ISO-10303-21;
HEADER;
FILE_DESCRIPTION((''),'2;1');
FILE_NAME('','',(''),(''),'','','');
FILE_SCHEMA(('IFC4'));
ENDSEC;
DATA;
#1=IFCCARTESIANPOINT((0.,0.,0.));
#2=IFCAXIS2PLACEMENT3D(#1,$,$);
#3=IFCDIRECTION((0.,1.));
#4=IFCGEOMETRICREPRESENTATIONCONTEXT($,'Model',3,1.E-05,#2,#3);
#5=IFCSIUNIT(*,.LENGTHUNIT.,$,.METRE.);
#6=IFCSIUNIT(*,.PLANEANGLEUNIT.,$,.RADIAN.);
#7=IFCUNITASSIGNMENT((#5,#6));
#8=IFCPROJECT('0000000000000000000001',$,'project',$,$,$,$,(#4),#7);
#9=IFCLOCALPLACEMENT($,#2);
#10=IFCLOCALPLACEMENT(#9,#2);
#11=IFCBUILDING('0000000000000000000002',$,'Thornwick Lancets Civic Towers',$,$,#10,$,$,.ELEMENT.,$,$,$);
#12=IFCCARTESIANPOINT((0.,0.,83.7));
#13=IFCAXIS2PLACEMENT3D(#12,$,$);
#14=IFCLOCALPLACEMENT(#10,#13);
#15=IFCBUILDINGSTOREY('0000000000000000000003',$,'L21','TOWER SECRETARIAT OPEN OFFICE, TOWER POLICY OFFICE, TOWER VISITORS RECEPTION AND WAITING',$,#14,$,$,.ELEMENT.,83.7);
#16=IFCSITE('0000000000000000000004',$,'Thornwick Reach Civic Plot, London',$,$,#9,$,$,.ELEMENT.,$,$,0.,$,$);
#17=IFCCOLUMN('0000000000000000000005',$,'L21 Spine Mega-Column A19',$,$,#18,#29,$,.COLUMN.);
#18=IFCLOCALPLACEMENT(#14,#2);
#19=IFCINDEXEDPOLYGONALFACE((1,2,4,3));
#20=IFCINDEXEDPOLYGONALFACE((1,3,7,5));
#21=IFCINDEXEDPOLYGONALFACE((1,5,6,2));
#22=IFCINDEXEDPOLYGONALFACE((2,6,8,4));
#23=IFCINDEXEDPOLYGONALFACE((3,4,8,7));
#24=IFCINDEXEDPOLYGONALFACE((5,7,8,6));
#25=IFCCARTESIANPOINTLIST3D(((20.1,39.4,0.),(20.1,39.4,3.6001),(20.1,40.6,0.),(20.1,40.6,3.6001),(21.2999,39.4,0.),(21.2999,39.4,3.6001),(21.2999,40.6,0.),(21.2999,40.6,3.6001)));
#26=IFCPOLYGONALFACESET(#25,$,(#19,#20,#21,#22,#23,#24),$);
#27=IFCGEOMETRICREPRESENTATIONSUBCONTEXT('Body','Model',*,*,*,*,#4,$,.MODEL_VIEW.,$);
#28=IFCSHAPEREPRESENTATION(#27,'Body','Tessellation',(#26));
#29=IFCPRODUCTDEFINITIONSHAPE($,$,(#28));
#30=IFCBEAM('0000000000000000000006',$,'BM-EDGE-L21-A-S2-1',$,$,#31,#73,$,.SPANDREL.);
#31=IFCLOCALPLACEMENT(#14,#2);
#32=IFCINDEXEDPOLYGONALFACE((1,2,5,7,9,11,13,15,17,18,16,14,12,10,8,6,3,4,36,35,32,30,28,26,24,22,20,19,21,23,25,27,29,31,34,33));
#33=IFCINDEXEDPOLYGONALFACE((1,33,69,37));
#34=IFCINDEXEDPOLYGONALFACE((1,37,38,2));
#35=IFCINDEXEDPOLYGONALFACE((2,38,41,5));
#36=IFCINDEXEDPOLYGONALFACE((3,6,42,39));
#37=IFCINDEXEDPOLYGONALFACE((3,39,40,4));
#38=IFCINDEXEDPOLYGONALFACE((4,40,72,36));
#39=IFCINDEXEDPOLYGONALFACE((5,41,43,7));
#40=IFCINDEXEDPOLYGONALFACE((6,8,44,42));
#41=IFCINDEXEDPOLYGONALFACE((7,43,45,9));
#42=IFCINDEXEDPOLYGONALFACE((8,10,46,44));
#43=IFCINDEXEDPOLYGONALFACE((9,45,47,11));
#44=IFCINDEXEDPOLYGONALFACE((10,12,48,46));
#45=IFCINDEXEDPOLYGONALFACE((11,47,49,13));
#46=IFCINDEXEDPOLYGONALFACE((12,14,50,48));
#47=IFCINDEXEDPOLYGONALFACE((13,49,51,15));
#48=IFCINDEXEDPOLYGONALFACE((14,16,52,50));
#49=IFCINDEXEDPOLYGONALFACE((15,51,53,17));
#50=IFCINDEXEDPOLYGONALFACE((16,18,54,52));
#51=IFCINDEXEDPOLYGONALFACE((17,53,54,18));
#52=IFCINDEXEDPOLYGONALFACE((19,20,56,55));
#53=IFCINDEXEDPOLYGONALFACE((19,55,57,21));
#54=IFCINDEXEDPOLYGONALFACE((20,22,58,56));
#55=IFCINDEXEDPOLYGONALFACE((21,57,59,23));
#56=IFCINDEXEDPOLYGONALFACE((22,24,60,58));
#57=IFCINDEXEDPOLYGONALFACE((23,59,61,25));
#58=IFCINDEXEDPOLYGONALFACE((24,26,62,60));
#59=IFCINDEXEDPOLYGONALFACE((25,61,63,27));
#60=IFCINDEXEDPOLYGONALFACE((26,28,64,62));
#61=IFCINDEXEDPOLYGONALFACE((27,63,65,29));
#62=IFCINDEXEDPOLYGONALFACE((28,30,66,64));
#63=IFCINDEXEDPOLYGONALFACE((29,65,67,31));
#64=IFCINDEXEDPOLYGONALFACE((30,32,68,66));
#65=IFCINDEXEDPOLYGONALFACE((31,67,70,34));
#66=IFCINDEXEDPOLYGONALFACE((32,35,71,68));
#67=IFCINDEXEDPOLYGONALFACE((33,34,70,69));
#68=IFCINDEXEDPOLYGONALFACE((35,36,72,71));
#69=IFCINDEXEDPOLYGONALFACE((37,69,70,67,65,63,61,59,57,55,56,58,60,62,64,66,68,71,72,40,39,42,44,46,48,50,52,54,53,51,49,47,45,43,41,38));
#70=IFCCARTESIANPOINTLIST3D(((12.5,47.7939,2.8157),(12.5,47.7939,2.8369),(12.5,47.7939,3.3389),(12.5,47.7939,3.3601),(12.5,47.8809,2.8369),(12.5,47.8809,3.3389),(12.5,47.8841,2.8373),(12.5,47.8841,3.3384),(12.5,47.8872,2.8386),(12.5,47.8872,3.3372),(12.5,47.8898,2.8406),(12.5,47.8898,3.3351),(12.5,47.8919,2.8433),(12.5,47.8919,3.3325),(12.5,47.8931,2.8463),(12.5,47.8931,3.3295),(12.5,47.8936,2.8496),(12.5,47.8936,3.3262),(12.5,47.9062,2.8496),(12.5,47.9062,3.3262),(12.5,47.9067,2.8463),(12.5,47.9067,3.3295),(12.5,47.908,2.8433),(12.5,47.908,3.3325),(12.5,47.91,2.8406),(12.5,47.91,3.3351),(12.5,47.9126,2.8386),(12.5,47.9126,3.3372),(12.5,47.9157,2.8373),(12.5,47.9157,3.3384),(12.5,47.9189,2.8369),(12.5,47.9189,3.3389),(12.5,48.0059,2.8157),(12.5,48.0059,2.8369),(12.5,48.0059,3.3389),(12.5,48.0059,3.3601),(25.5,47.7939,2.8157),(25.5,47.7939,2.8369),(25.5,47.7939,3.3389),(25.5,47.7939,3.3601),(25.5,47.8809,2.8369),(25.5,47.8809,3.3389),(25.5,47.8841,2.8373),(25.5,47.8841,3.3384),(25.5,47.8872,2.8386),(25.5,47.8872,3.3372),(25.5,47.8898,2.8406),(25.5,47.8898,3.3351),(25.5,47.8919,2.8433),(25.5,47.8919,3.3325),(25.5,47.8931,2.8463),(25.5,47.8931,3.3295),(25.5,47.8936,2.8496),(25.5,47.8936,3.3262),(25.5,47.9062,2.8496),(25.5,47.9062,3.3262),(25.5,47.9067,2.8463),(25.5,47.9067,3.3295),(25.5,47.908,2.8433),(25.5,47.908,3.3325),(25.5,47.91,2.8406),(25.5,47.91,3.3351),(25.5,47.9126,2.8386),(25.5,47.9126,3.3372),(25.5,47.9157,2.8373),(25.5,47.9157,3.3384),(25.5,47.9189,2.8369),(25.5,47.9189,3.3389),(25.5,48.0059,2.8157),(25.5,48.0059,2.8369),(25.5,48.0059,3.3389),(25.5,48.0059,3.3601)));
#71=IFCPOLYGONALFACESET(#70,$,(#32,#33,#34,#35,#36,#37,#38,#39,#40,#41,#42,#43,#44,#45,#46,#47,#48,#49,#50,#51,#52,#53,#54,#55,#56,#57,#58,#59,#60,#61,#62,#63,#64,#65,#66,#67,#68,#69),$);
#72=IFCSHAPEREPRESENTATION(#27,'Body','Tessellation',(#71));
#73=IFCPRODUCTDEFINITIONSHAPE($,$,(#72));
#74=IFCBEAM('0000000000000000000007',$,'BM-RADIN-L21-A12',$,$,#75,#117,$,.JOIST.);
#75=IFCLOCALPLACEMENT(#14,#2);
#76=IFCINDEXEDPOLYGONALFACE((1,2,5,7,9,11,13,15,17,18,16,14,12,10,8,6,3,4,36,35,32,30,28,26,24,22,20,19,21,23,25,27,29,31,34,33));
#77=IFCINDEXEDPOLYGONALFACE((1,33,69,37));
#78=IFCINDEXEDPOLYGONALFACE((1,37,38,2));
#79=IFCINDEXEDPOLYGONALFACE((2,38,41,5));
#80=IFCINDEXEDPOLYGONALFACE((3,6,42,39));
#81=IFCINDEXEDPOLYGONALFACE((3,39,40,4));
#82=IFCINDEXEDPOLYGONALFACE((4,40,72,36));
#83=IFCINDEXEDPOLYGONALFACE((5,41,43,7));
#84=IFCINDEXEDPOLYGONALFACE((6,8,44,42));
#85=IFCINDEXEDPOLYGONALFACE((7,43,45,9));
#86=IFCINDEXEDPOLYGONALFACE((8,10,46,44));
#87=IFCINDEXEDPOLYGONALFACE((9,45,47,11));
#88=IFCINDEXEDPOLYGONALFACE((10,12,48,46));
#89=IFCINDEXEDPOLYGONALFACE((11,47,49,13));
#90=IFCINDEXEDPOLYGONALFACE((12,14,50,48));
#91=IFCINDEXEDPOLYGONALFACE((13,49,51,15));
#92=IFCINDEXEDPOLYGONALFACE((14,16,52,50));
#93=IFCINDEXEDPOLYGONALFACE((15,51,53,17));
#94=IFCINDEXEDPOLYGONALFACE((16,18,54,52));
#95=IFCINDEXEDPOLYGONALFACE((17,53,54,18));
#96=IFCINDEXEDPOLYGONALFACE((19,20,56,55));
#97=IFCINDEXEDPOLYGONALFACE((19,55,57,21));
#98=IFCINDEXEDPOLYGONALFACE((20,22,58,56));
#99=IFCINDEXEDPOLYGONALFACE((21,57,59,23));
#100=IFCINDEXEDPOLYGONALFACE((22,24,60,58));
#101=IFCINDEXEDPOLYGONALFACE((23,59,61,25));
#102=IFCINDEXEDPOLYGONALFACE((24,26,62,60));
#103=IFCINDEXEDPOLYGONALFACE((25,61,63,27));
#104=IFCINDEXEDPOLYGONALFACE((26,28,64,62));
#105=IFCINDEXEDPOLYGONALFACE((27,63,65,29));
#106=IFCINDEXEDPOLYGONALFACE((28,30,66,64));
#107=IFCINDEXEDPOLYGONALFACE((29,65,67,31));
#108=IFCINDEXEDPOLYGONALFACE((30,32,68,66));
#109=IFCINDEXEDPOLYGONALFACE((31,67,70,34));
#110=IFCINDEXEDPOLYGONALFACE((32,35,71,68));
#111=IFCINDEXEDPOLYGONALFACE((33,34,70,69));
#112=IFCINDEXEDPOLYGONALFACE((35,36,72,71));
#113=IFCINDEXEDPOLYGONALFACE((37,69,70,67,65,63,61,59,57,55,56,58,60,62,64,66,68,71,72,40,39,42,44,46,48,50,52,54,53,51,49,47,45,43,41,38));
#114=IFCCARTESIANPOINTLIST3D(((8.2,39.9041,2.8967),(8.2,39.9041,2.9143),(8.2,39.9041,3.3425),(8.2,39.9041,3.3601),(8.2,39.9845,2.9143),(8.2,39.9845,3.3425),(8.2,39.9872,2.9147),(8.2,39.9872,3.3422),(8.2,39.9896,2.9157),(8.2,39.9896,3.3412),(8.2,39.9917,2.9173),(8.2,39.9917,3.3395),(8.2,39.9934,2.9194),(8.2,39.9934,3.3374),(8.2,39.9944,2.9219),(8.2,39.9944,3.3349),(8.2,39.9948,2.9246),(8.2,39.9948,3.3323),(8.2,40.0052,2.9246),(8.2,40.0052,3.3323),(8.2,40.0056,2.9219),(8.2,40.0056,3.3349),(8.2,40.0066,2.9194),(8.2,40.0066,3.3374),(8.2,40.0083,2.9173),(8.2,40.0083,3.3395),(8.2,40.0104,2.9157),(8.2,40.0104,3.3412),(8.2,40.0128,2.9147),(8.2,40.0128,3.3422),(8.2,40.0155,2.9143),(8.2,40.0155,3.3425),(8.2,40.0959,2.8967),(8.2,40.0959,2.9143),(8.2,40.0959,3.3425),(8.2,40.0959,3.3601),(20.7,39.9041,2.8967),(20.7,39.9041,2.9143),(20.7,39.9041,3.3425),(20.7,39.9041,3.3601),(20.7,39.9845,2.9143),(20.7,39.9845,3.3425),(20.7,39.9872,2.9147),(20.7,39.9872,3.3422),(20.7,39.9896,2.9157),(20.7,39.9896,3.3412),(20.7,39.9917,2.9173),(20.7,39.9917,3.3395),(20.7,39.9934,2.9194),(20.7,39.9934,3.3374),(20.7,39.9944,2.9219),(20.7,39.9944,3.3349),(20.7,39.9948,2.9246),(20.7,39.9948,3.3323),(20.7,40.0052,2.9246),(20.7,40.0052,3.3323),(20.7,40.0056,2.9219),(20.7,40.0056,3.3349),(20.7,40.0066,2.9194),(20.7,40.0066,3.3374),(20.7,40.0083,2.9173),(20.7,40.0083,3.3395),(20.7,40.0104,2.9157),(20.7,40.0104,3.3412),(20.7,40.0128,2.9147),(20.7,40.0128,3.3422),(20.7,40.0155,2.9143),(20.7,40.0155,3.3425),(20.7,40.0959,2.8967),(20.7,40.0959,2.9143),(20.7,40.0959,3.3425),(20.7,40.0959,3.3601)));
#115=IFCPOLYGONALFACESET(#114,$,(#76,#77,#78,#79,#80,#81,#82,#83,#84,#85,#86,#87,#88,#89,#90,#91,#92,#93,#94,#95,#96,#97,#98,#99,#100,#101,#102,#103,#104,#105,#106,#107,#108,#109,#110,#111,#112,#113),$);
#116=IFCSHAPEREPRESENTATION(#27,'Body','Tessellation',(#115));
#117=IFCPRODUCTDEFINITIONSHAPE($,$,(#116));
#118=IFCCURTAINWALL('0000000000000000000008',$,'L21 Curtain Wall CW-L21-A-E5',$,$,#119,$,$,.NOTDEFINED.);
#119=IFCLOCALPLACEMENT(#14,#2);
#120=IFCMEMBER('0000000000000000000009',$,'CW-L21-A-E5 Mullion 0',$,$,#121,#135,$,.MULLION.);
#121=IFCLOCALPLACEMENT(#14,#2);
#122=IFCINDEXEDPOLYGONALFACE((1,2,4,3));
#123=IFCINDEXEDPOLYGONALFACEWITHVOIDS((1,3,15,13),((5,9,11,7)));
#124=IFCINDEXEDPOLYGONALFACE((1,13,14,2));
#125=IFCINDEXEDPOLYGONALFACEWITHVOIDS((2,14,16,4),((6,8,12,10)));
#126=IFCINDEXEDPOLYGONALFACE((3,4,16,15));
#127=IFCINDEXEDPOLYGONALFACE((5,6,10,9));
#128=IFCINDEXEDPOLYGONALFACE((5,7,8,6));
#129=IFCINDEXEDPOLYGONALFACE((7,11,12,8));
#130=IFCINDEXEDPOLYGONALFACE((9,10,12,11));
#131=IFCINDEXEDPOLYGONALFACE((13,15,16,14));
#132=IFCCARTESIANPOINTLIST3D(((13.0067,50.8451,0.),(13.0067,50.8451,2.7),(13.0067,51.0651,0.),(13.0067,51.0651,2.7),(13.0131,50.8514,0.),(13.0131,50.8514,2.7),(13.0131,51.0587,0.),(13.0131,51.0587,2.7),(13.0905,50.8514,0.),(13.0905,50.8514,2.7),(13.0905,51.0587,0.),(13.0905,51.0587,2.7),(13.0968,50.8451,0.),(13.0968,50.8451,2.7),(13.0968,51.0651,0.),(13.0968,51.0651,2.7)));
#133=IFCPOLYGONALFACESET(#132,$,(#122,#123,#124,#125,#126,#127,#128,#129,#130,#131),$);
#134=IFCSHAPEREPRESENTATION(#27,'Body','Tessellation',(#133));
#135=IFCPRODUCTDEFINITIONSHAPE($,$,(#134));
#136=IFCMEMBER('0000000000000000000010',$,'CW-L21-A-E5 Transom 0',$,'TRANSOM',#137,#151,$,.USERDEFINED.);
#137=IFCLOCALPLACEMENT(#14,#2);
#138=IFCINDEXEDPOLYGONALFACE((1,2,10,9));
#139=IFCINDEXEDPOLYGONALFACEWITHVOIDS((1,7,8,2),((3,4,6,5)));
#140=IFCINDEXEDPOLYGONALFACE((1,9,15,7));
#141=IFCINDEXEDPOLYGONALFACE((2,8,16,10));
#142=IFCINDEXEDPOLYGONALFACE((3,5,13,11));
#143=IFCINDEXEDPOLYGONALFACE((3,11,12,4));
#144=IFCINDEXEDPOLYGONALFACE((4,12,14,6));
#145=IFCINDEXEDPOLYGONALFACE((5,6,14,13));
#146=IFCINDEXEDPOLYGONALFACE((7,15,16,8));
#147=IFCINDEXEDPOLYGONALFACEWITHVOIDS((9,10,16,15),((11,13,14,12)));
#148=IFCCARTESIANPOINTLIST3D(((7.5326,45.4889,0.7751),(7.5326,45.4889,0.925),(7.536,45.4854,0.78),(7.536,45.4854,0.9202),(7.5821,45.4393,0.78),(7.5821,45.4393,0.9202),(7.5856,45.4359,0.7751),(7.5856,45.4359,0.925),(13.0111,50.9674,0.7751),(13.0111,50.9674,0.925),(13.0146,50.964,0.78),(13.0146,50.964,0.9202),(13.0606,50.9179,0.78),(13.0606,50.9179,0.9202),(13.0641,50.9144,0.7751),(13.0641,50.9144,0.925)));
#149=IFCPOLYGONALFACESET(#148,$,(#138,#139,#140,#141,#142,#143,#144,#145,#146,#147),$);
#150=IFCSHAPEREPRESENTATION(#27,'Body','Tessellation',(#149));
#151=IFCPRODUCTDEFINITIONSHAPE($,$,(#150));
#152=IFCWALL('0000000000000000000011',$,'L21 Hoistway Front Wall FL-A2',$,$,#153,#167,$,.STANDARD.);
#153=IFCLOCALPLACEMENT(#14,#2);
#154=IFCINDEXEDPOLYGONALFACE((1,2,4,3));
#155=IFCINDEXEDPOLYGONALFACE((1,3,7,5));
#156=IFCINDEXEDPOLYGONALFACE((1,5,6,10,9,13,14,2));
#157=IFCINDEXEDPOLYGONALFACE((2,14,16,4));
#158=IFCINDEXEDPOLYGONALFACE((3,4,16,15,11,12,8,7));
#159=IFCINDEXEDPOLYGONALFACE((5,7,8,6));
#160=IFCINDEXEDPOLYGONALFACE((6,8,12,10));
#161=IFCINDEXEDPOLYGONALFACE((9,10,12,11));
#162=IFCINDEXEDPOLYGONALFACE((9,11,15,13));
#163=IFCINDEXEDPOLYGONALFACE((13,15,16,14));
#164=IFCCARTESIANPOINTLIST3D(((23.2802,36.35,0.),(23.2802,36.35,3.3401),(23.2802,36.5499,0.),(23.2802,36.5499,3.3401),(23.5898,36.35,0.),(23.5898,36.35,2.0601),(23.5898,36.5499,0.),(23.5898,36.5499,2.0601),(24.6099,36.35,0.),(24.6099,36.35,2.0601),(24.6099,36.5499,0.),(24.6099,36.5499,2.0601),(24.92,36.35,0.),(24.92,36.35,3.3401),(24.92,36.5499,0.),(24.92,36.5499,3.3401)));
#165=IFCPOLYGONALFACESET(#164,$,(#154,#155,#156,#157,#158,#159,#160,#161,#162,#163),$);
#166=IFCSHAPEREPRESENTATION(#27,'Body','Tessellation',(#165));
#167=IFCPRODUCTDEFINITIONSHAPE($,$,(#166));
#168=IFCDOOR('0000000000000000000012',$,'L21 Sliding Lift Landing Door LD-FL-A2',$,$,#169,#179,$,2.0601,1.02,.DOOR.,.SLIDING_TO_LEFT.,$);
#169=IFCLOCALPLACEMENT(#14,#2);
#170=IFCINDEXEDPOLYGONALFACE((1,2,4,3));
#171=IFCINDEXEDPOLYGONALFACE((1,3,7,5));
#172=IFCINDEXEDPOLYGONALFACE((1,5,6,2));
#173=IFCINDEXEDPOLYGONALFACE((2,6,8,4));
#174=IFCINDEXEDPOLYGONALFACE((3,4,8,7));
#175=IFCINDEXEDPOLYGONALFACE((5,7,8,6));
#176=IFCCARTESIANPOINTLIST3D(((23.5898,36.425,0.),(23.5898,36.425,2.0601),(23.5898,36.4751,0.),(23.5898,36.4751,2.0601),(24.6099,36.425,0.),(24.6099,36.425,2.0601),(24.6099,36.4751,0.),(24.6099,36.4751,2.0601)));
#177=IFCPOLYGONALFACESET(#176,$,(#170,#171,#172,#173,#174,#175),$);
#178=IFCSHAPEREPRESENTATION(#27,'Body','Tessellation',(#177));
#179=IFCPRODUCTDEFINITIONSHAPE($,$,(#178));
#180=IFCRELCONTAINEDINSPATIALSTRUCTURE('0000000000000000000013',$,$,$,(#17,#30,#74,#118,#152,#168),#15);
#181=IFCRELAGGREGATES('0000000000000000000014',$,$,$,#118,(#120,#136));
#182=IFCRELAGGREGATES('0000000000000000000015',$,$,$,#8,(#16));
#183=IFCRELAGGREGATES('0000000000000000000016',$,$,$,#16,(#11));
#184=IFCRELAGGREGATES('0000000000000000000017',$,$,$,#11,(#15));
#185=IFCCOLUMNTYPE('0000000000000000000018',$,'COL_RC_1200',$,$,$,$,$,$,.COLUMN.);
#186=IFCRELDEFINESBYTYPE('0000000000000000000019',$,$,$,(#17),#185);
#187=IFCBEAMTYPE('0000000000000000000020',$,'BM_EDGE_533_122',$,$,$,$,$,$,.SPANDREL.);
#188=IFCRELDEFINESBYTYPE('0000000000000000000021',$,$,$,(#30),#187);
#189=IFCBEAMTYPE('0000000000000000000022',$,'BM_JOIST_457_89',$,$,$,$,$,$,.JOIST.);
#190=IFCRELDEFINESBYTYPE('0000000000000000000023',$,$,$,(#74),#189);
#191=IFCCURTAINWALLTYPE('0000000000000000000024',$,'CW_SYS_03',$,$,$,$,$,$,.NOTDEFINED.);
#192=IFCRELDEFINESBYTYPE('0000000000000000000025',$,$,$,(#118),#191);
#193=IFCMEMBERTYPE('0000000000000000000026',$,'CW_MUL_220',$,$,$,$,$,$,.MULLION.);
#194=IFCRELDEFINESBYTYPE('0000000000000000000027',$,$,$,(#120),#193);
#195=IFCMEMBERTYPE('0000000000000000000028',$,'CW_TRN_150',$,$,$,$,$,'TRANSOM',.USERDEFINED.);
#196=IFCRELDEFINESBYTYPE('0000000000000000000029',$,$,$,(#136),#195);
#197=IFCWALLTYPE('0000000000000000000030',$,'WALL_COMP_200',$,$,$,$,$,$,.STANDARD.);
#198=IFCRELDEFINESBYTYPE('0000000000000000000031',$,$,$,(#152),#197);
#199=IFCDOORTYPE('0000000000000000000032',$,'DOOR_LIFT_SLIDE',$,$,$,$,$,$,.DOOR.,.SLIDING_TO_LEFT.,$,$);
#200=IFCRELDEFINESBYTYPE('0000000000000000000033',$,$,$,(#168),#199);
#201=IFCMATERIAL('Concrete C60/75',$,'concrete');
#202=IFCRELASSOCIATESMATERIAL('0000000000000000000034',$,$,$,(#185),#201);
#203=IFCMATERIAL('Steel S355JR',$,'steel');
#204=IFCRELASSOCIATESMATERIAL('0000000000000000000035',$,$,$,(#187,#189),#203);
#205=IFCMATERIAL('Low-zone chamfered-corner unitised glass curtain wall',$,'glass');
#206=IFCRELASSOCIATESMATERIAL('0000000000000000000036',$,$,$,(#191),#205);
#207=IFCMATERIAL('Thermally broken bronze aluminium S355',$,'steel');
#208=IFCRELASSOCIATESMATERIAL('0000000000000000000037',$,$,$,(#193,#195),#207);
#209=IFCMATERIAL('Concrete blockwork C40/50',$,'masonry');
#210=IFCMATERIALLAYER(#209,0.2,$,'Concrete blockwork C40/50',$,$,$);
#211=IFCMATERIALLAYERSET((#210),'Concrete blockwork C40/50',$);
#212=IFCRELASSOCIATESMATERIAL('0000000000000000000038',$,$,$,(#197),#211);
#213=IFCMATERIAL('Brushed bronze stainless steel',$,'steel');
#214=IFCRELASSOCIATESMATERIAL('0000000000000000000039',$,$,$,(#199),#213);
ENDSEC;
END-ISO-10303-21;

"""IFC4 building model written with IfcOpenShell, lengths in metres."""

from ifc_helpers import new_model, si_unit, direction, frame, frame_2d, origin, origin_2d, place, context, subcontext, project, spatial, rectangle, hollow_rectangle, i_section, extrude, material, layer, layer_set, material_profile, profile_set, type_object, element, fill, aggregate, save


model = new_model("IFC4")

# Units and contexts
model_context = context("Model", 3, precision=1e-05, world=origin(), true_north=direction((0.0, 1.0)))
body_context = subcontext(model_context, "Body", "Model", "MODEL_VIEW")
ifc_project = project(units=[si_unit("LENGTHUNIT", "METRE"), si_unit("PLANEANGLEUNIT", "RADIAN")], contexts=[model_context])

# Site, building, storey
site_placement = place(None, origin())
site = spatial("IfcSite", under=ifc_project, at=site_placement, Name="Thornwick Reach Civic Plot, London", CompositionType="ELEMENT", RefElevation=0.0)
building_placement = place(site_placement, origin())
building = spatial("IfcBuilding", under=site, at=building_placement, Name="Thornwick Lancets Civic Towers", CompositionType="ELEMENT")
storey_placement = place(building_placement, frame((0.0, 0.0, 83.7)))
storey = spatial("IfcBuildingStorey", under=building, at=storey_placement, Name="L21", Description="TOWER SECRETARIAT OPEN OFFICE, TOWER POLICY OFFICE, TOWER VISITORS RECEPTION AND WAITING", CompositionType="ELEMENT", Elevation=83.7)

# Column
ifc_material_1 = material(Name="Concrete C60/75", Category="concrete")
ifc_material_profile_1 = material_profile(ifc_material_1, rectangle(XDim=1.2, YDim=1.2, at=origin_2d()), Name="RC 1200x1200")
ifc_profile_set_1 = profile_set([ifc_material_profile_1], Name="Concrete C60/75")
column_type = type_object("IfcColumnType", Name="COL_RC_1200", PredefinedType="COLUMN", material=ifc_profile_set_1)
column_placement = place(storey_placement, frame((20.7, 40.0, 0.0), z_axis=(0.0, 0.0, 1.0), x_axis=(1.0, 0.0, 0.0)))
element("IfcColumn", 1, at=column_placement, inside=storey, type_object=column_type, Name="L21 Spine Mega-Column A19", PredefinedType="COLUMN", context=body_context, shape_type="SweptSolid", body=[
    extrude(rectangle(XDim=1.2, YDim=1.2, at=origin_2d()), origin(), (0.0, 0.0, 1.0), 3.6001),
])

# Beams
ifc_material_2 = material(Name="Steel S355JR", Category="steel")
ifc_material_profile_2 = material_profile(ifc_material_2, i_section(OverallWidth=0.2119, OverallDepth=0.5444, WebThickness=0.0127, FlangeThickness=0.0212, FilletRadius=0.0127, at=origin_2d()), Name="UKB 533x210x122")
ifc_profile_set_2 = profile_set([ifc_material_profile_2], Name="Steel S355JR")
beam_type_1 = type_object("IfcBeamType", Name="BM_EDGE_533_122", PredefinedType="SPANDREL", material=ifc_profile_set_2)
beam_1_placement = place(storey_placement, frame((12.5, 47.8999, 3.0879), z_axis=(1.0, 0.0, 0.0), x_axis=(0.0, 1.0, 0.0)))
element("IfcBeam", 2, at=beam_1_placement, inside=storey, type_object=beam_type_1, Name="BM-EDGE-L21-A-S2-1", PredefinedType="SPANDREL", context=body_context, shape_type="SweptSolid", body=[
    extrude(i_section(OverallWidth=0.2119, OverallDepth=0.5444, WebThickness=0.0127, FlangeThickness=0.0212, FilletRadius=0.0127, at=origin_2d()), origin(), (0.0, 0.0, 1.0), 13.0),
])
ifc_material_profile_3 = material_profile(ifc_material_2, i_section(OverallWidth=0.1919, OverallDepth=0.4634, WebThickness=0.0105, FlangeThickness=0.0176, FilletRadius=0.0103, at=origin_2d()), Name="UKB 457x191x89")
ifc_profile_set_3 = profile_set([ifc_material_profile_3], Name="Steel S355JR")
beam_type_2 = type_object("IfcBeamType", Name="BM_JOIST_457_89", PredefinedType="JOIST", material=ifc_profile_set_3)
beam_2_placement = place(storey_placement, frame((20.7, 40.0, 3.1284), z_axis=(-1.0, 0.0, 0.0), x_axis=(0.0, -1.0, 0.0)))
element("IfcBeam", 3, at=beam_2_placement, inside=storey, type_object=beam_type_2, Name="BM-RADIN-L21-A12", PredefinedType="JOIST", context=body_context, shape_type="SweptSolid", body=[
    extrude(i_section(OverallWidth=0.1919, OverallDepth=0.4634, WebThickness=0.0105, FlangeThickness=0.0176, FilletRadius=0.0103, at=origin_2d()), origin(), (0.0, 0.0, 1.0), 12.5),
])

# Curtain wall, members
ifc_material_3 = material(Name="Low-zone chamfered-corner unitised glass curtain wall", Category="glass")
curtain_wall_type = type_object("IfcCurtainWallType", Name="CW_SYS_03", PredefinedType="NOTDEFINED", material=ifc_material_3)
curtain_wall_placement = place(storey_placement, origin())
curtain_wall = element("IfcCurtainWall", 4, at=curtain_wall_placement, inside=storey, type_object=curtain_wall_type, Name="L21 Curtain Wall CW-L21-A-E5", PredefinedType="NOTDEFINED")
ifc_material_4 = material(Name="Thermally broken bronze aluminium S355", Category="steel")
ifc_material_profile_4 = material_profile(ifc_material_4, hollow_rectangle(XDim=0.0901, YDim=0.22, WallThickness=0.0063, at=origin_2d()), Name="RHS 220x90x6.3")
ifc_profile_set_4 = profile_set([ifc_material_profile_4], Name="Thermally broken bronze aluminium S355")
member_type_1 = type_object("IfcMemberType", Name="CW_MUL_220", PredefinedType="MULLION", material=ifc_profile_set_4)
member_1_placement = place(storey_placement, frame((13.0518, 50.9551, 0.0), z_axis=(0.0, 0.0, 1.0), x_axis=(1.0, 0.0, 0.0)))
member_1 = element("IfcMember", 5, at=member_1_placement, type_object=member_type_1, Name="CW-L21-A-E5 Mullion 0", PredefinedType="MULLION", context=body_context, shape_type="SweptSolid", body=[
    extrude(hollow_rectangle(XDim=0.0901, YDim=0.22, WallThickness=0.0063, at=origin_2d()), origin(), (0.0, 0.0, 1.0), 2.7),
])
ifc_material_profile_5 = material_profile(ifc_material_4, hollow_rectangle(XDim=0.075, YDim=0.1499, WallThickness=0.0049, at=origin_2d()), Name="RHS 150x75x5")
ifc_profile_set_5 = profile_set([ifc_material_profile_5], Name="Thermally broken bronze aluminium S355")
member_type_2 = type_object("IfcMemberType", Name="CW_TRN_150", ElementType="TRANSOM", PredefinedType="USERDEFINED", material=ifc_profile_set_5)
member_2_placement = place(storey_placement, frame((13.0376, 50.9409, 0.8501), z_axis=(-0.707107, -0.707107, 0.0), x_axis=(0.707107, -0.707107, 0.0)))
member_2 = element("IfcMember", 6, at=member_2_placement, type_object=member_type_2, Name="CW-L21-A-E5 Transom 0", ObjectType="TRANSOM", PredefinedType="USERDEFINED", context=body_context, shape_type="SweptSolid", body=[
    extrude(hollow_rectangle(XDim=0.075, YDim=0.1499, WallThickness=0.0049, at=origin_2d()), origin(), (0.0, 0.0, 1.0), 7.7478),
])
aggregate(curtain_wall, [member_1, member_2])

# Wall, opening, door
ifc_material_5 = material(Name="Concrete blockwork C40/50", Category="masonry")
ifc_layer_1 = layer(ifc_material_5, 0.2, Name="Concrete blockwork C40/50")
ifc_layer_set_1 = layer_set([ifc_layer_1], Name="Concrete blockwork C40/50")
wall_type_1 = type_object("IfcWallType", Name="WALL_COMP_200", PredefinedType="STANDARD", material=ifc_layer_set_1)
wall_1_placement = place(storey_placement, frame((24.9199, 36.45, 0.0), z_axis=(0.0, 0.0, 1.0), x_axis=(-1.0, 0.0, 0.0)))
wall_1 = element("IfcWall", 7, at=wall_1_placement, inside=storey, type_object=wall_type_1, Name="L21 Hoistway Front Wall FL-A2", PredefinedType="STANDARD", context=body_context, shape_type="SweptSolid", body=[
    extrude(rectangle(XDim=1.6399, YDim=0.2, at=frame_2d((0.8198, 0.0))), origin(), (0.0, 0.0, 1.0), 3.3401),
])
opening_1_placement = place(wall_1_placement, frame((0.3101, 0.0, 0.0)))
opening_1 = element("IfcOpeningElement", 8, at=opening_1_placement, cuts=wall_1, PredefinedType="OPENING", context=body_context, shape_type="SweptSolid", body=[
    extrude(rectangle(XDim=1.02, YDim=2.0601, at=frame_2d((0.51, 1.03))), frame((0.0, 0.1099, 0.0), z_axis=(0.0, -1.0, 0.0), x_axis=(1.0, 0.0, 0.0)), (0.0, 0.0, 1.0), 0.22),
])
ifc_material_6 = material(Name="Brushed bronze stainless steel", Category="steel")
door_type = type_object("IfcDoorType", Name="DOOR_LIFT_SLIDE", OperationType="SLIDING_TO_LEFT", PredefinedType="DOOR", material=ifc_material_6)
door_1_placement = place(opening_1_placement, origin())
door_1 = element("IfcDoor", 9, at=door_1_placement, inside=storey, type_object=door_type, Name="L21 Sliding Lift Landing Door LD-FL-A2", OperationType="SLIDING_TO_LEFT", OverallHeight=2.0601, OverallWidth=1.02, PredefinedType="DOOR", context=body_context, shape_type="SweptSolid", body=[
    extrude(rectangle(XDim=1.02, YDim=2.0601, at=frame_2d((0.51, 1.03))), frame((0.0, 0.0249, 0.0), z_axis=(0.0, -1.0, 0.0), x_axis=(1.0, 0.0, 0.0)), (0.0, 0.0, 1.0), 0.05),
])
fill(opening_1, door_1)

save(model, "model.ifc")
